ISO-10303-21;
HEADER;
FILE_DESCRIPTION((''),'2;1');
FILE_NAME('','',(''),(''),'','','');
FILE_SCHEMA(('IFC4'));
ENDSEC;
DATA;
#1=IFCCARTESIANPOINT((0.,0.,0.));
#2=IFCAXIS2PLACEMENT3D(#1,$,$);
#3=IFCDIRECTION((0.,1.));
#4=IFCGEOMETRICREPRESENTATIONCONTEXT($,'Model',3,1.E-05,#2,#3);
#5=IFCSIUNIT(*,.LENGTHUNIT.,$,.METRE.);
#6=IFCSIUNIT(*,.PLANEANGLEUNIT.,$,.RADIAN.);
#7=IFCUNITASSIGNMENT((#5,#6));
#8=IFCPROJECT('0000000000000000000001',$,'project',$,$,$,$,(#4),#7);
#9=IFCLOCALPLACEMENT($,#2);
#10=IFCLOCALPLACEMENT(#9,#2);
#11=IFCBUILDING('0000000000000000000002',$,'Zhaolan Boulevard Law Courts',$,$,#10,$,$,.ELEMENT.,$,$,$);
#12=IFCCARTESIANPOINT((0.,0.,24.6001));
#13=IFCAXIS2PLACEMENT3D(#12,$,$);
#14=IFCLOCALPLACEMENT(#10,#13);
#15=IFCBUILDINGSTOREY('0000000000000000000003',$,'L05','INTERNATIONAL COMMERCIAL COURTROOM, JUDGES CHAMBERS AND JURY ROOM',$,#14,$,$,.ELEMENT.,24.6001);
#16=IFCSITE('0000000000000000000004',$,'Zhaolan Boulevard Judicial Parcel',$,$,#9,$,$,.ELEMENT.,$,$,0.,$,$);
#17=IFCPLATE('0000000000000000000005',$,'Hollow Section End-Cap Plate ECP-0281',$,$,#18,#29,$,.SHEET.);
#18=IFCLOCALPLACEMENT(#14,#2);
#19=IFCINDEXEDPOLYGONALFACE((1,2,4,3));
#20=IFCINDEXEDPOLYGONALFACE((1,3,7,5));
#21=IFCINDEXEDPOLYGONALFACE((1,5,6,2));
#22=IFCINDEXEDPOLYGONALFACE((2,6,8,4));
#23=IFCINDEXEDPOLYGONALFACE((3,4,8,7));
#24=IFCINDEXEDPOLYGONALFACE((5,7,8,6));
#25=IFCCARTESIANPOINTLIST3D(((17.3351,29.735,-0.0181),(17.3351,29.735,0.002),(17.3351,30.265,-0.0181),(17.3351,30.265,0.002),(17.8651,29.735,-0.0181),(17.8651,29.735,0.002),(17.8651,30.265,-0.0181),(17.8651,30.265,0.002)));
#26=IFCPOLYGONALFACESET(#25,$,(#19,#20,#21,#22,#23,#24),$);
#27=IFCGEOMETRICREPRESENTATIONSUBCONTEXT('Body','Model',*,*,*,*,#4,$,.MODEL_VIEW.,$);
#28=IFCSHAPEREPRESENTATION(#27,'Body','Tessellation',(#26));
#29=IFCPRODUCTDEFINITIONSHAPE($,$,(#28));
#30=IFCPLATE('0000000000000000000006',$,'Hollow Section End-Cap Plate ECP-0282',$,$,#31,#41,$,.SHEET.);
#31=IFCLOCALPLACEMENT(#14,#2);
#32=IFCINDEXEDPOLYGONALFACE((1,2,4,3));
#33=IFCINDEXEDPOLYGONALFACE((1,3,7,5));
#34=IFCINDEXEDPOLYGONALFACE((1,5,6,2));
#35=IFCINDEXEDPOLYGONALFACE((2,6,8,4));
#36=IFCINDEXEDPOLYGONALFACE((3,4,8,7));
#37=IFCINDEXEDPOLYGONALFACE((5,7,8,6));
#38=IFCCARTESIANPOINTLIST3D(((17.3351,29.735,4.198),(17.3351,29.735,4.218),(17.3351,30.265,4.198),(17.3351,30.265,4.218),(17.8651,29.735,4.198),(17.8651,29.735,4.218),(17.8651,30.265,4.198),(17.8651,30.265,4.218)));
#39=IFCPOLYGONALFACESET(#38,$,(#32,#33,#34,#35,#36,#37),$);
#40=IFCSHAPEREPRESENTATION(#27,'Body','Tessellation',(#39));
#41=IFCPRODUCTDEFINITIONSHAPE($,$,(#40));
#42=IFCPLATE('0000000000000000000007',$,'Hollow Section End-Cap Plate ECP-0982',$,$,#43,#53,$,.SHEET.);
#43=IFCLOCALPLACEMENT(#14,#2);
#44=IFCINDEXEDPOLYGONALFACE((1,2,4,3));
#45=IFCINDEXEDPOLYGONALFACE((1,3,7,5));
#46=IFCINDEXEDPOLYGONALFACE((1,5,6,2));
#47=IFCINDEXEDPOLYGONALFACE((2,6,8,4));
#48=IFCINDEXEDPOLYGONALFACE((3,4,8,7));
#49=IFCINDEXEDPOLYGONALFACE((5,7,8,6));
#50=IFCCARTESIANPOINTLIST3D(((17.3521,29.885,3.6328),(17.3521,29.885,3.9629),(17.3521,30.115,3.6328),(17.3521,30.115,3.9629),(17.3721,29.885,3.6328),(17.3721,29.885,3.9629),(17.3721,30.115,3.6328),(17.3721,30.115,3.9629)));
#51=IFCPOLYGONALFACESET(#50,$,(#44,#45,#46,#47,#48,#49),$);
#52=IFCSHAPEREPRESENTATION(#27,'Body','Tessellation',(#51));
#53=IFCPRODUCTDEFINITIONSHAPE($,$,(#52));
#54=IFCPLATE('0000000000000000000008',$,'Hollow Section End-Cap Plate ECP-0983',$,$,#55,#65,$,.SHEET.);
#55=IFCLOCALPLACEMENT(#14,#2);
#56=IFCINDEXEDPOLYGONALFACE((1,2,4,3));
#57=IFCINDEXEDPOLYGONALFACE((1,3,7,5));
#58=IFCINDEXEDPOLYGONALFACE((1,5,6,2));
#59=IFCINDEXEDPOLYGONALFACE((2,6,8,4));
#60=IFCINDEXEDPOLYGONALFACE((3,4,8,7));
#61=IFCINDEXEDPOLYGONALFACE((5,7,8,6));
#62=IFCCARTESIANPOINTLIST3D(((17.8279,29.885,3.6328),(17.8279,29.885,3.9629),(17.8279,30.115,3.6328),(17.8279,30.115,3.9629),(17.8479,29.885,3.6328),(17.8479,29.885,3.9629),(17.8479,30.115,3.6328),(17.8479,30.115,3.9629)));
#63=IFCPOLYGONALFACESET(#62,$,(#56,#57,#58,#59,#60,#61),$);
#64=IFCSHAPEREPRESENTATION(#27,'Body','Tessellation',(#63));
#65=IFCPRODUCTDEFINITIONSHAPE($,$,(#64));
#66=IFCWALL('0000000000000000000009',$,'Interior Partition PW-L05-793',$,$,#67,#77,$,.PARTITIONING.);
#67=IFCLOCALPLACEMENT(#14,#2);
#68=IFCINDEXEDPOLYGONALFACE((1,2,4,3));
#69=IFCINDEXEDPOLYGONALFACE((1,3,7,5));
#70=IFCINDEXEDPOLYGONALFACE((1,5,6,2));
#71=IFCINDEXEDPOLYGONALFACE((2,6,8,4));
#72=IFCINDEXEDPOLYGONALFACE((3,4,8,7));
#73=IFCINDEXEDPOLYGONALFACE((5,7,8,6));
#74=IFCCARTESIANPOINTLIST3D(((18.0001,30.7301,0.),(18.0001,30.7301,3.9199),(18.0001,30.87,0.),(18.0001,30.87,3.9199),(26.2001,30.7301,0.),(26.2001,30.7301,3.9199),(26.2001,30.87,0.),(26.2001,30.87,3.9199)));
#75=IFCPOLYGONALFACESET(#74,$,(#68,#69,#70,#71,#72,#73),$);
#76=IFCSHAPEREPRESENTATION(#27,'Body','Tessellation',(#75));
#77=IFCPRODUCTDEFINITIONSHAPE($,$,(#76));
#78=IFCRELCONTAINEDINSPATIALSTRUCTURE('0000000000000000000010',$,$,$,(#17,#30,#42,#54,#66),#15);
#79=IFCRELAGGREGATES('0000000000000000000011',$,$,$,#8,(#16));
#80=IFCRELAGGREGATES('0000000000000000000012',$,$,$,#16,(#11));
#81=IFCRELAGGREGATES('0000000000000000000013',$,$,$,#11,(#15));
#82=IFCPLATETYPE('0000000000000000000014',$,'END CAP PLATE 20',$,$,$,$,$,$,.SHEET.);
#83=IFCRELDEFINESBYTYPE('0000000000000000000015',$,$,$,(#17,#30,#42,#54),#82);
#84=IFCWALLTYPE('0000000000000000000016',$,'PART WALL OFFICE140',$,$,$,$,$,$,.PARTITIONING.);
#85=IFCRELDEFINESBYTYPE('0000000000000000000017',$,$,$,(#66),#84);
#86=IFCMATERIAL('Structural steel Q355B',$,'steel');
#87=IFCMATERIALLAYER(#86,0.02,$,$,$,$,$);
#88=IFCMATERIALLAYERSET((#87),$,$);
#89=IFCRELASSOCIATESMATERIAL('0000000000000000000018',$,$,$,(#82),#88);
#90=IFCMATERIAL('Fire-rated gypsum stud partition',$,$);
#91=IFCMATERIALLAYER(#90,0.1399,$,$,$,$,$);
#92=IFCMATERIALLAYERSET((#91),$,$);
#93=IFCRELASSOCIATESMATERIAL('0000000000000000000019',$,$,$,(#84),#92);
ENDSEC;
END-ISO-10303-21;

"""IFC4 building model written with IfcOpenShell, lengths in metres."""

from ifc_helpers import new_model, si_unit, direction, frame, frame_2d, origin, origin_2d, place, context, subcontext, project, spatial, rectangle, extrude, material, layer, layer_set, type_object, element, save


model = new_model("IFC4")

# Units and contexts
model_context = context("Model", 3, precision=1e-05, world=origin(), true_north=direction((0.0, 1.0)))
body_context = subcontext(model_context, "Body", "Model", "MODEL_VIEW")
ifc_project = project(units=[si_unit("LENGTHUNIT", "METRE"), si_unit("PLANEANGLEUNIT", "RADIAN")], contexts=[model_context])

# Site, building, storey
site_placement = place(None, origin())
site = spatial("IfcSite", under=ifc_project, at=site_placement, Name="Zhaolan Boulevard Judicial Parcel", CompositionType="ELEMENT", RefElevation=0.0)
building_placement = place(site_placement, origin())
building = spatial("IfcBuilding", under=site, at=building_placement, Name="Zhaolan Boulevard Law Courts", CompositionType="ELEMENT")
storey_placement = place(building_placement, frame((0.0, 0.0, 24.6001)))
storey = spatial("IfcBuildingStorey", under=building, at=storey_placement, Name="L05", Description="INTERNATIONAL COMMERCIAL COURTROOM, JUDGES CHAMBERS AND JURY ROOM", CompositionType="ELEMENT", Elevation=24.6001)

# Plates
ifc_material_1 = material(Name="Structural steel Q355B", Category="steel")
ifc_layer_1 = layer(ifc_material_1, 0.02)
ifc_layer_set_1 = layer_set([ifc_layer_1])
plate_type_1 = type_object("IfcPlateType", Name="END CAP PLATE 20", PredefinedType="SHEET", material=ifc_layer_set_1)
for number, where, z_axis, x_axis, name in (
    (1, (17.6001, 30.0, -0.0181), (0.0, 0.0, 1.0), (1.0, 0.0, 0.0), "Hollow Section End-Cap Plate ECP-0281"),
    (2, (17.6001, 30.0, 4.198), (0.0, 0.0, 1.0), (1.0, 0.0, 0.0), "Hollow Section End-Cap Plate ECP-0282"),
):
    element("IfcPlate", number, at=place(storey_placement, frame(where, z_axis=z_axis, x_axis=x_axis)), inside=storey, type_object=plate_type_1, Name=name, PredefinedType="SHEET", context=body_context, shape_type="SweptSolid", body=[
        extrude(rectangle(XDim=0.53, YDim=0.53, at=origin_2d()), origin(), (0.0, 0.0, 1.0), 0.02),
    ])
for number, where, z_axis, x_axis, name in (
    (3, (17.3621, 30.0, 3.6328), (0.0, 0.0, 1.0), (1.0, 0.0, 0.0), "Hollow Section End-Cap Plate ECP-0982"),
    (4, (17.8379, 30.0, 3.6328), (0.0, 0.0, 1.0), (1.0, 0.0, 0.0), "Hollow Section End-Cap Plate ECP-0983"),
):
    element("IfcPlate", number, at=place(storey_placement, frame(where, z_axis=z_axis, x_axis=x_axis)), inside=storey, type_object=plate_type_1, Name=name, PredefinedType="SHEET", context=body_context, shape_type="SweptSolid", body=[
        extrude(rectangle(XDim=0.02, YDim=0.23, at=origin_2d()), origin(), (0.0, 0.0, 1.0), 0.3301),
    ])

# Wall
ifc_material_2 = material(Name="Fire-rated gypsum stud partition")
ifc_layer_2 = layer(ifc_material_2, 0.1399)
ifc_layer_set_2 = layer_set([ifc_layer_2])
wall_type = type_object("IfcWallType", Name="PART WALL OFFICE140", PredefinedType="PARTITIONING", material=ifc_layer_set_2)
wall_placement = place(storey_placement, frame((18.0, 30.8, 0.0), z_axis=(0.0, 0.0, 1.0), x_axis=(1.0, 0.0, 0.0)))
element("IfcWall", 5, at=wall_placement, inside=storey, type_object=wall_type, Name="Interior Partition PW-L05-793", PredefinedType="PARTITIONING", context=body_context, shape_type="SweptSolid", body=[
    extrude(rectangle(XDim=8.2, YDim=0.1399, at=frame_2d((4.1001, 0.0))), origin(), (0.0, 0.0, 1.0), 3.9199),
])

save(model, "model.ifc")
